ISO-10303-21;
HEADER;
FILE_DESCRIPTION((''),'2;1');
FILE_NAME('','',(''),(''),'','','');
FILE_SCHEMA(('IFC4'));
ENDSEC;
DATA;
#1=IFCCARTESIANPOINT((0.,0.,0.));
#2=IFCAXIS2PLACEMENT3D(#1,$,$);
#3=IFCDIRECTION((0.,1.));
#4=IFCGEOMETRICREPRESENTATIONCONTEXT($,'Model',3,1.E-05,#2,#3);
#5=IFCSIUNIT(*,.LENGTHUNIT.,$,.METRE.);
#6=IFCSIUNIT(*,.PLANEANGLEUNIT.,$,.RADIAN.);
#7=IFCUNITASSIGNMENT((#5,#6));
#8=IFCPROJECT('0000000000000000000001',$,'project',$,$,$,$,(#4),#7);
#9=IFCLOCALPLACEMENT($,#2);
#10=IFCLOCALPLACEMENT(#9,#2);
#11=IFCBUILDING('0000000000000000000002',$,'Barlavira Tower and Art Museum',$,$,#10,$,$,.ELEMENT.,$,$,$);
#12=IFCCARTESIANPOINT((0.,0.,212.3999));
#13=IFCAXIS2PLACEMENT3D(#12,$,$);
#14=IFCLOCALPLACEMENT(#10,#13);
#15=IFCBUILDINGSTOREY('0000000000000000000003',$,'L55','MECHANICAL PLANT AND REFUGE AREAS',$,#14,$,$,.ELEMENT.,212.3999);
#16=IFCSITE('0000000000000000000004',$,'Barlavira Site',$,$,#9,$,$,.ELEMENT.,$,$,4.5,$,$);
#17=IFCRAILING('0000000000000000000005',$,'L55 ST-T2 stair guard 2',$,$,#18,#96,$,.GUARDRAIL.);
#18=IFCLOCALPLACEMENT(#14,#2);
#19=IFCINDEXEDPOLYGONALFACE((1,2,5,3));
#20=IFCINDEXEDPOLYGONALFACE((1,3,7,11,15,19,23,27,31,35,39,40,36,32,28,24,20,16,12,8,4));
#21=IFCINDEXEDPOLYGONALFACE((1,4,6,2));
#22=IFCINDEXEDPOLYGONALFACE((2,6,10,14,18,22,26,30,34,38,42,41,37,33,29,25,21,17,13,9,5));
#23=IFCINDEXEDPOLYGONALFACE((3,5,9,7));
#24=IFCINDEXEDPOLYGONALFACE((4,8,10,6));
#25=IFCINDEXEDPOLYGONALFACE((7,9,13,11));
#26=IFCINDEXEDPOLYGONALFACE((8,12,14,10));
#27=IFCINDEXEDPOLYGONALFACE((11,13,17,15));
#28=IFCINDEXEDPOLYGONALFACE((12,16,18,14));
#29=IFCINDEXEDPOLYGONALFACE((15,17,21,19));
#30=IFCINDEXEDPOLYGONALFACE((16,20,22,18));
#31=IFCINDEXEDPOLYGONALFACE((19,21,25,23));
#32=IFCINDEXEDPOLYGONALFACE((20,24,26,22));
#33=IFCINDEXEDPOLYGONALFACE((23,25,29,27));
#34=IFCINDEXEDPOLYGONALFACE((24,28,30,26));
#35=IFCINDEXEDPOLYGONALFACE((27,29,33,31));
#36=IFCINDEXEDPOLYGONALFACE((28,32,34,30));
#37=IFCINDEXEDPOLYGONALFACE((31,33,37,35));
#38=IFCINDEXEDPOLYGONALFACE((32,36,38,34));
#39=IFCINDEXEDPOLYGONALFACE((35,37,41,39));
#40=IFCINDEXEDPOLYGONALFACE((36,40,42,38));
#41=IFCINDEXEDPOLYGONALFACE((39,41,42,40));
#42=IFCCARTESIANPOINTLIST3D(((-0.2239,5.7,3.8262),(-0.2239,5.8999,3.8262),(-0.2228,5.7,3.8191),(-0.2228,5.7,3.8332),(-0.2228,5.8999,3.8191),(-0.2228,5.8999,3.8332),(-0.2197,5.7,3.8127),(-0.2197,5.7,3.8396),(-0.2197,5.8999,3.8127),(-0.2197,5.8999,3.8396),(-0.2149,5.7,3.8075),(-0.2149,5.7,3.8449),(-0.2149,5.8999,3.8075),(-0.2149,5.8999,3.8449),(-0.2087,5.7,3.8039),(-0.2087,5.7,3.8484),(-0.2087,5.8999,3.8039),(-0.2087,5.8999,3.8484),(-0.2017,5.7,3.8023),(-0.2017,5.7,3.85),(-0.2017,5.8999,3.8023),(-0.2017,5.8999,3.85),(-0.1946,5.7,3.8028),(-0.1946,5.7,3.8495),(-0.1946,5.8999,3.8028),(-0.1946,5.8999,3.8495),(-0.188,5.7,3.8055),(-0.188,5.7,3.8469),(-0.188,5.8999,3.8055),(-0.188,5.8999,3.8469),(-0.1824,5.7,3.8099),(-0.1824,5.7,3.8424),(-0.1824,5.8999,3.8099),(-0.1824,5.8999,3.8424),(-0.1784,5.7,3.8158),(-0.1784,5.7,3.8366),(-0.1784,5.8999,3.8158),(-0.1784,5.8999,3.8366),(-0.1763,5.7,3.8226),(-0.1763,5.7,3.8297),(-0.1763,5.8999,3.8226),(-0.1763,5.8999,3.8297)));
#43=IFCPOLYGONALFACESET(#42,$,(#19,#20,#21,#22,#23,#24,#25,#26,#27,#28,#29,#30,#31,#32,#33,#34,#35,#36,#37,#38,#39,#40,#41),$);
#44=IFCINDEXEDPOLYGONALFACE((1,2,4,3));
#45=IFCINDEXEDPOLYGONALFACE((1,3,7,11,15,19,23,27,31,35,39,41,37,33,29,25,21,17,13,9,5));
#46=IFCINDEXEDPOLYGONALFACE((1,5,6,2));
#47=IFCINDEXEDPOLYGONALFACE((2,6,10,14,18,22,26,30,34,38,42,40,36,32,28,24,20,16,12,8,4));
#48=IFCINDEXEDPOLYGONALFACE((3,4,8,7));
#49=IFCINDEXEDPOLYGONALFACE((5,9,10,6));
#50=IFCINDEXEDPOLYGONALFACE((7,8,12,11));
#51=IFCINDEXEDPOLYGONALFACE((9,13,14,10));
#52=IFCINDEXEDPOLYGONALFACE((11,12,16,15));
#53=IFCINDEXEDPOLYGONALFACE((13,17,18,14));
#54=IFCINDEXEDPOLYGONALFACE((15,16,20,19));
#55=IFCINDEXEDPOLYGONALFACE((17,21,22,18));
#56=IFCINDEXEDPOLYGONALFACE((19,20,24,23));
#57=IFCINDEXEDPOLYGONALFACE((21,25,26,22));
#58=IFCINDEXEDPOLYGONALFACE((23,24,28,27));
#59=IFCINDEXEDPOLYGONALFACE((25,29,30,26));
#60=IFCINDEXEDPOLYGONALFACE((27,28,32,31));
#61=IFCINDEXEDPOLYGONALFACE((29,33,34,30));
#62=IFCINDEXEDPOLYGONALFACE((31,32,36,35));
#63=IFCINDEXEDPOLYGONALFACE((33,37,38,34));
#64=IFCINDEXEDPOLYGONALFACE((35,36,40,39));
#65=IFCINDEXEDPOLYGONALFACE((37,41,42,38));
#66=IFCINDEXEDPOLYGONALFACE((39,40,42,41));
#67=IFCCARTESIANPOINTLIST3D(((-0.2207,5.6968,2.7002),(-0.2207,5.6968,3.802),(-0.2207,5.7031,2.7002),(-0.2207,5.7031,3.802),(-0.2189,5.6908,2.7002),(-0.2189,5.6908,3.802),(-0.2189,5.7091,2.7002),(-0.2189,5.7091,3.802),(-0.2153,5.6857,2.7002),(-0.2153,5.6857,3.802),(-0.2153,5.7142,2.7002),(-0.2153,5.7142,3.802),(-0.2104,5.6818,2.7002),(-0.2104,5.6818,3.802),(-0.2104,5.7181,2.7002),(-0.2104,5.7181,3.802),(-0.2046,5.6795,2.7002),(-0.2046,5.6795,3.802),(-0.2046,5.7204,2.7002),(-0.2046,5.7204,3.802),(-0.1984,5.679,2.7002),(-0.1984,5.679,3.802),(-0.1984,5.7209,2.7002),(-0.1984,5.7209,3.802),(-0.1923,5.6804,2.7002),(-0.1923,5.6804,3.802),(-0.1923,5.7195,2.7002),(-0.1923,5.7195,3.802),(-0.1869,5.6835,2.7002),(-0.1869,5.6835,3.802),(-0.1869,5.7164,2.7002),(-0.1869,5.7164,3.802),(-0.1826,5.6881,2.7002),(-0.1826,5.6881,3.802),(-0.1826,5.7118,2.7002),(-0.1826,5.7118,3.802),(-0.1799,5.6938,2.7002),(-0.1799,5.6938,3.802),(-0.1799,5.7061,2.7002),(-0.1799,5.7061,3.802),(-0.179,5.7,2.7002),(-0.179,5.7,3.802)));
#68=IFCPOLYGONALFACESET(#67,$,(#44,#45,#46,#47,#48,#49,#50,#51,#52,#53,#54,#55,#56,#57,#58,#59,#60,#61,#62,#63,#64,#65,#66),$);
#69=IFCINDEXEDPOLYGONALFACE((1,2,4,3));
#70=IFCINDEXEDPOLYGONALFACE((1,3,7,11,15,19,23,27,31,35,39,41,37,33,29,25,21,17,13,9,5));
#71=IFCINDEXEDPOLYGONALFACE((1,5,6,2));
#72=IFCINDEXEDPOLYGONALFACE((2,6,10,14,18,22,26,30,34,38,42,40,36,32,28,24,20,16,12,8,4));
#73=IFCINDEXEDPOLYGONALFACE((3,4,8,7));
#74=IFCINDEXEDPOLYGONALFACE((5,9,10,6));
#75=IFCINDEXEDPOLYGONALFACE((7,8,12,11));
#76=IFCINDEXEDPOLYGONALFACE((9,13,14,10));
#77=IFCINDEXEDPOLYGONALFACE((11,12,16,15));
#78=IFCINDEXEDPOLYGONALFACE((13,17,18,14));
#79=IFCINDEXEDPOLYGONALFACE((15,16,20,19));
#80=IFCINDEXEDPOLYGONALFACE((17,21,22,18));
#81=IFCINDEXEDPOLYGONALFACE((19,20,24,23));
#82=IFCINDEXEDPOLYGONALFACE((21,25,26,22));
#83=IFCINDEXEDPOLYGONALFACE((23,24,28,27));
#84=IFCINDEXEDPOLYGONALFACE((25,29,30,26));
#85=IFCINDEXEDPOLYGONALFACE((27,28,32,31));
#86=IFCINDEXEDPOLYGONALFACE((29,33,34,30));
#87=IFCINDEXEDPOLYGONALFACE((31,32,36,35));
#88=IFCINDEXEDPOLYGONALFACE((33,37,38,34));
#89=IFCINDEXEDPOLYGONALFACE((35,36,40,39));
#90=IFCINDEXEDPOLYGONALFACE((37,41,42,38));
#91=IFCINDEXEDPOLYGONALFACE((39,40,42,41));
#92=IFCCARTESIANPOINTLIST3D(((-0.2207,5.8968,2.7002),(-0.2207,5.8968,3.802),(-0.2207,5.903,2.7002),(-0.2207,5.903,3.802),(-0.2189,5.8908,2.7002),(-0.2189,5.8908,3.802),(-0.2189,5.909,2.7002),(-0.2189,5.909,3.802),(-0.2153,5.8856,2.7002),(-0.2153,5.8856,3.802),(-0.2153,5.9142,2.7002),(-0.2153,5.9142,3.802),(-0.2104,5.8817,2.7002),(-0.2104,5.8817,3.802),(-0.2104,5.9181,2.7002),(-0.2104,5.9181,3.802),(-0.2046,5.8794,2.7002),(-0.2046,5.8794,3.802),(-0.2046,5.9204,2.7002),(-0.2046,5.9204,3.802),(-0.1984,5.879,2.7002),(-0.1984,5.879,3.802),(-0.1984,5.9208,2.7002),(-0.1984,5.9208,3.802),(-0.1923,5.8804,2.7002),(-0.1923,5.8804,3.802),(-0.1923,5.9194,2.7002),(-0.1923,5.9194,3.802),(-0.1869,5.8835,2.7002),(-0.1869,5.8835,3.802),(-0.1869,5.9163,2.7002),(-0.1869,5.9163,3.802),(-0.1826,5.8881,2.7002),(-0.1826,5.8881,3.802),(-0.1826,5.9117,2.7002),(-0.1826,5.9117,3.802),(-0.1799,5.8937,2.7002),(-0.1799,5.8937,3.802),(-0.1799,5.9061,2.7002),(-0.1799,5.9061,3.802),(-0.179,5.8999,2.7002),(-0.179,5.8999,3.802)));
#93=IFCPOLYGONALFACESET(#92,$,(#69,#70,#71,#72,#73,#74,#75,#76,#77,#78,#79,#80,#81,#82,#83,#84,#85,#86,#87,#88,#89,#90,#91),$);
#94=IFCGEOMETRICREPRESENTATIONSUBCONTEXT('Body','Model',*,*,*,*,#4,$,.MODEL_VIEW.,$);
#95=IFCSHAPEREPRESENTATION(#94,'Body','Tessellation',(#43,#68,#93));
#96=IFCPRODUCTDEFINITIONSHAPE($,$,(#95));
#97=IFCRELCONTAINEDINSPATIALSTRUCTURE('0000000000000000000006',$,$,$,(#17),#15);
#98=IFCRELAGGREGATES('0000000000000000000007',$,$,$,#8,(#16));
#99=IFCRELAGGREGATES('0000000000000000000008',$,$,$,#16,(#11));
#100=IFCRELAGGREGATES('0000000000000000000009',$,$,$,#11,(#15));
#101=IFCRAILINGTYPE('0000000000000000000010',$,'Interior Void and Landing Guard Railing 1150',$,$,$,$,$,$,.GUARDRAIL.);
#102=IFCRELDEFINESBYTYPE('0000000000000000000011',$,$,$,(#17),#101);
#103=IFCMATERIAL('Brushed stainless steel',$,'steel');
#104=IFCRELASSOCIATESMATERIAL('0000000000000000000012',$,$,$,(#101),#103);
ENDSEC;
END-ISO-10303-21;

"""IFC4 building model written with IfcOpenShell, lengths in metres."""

from ifc_helpers import new_model, si_unit, direction, frame, origin, origin_2d, place, context, subcontext, project, spatial, circle, extrude, material, type_object, element, save


model = new_model("IFC4")

# Units and contexts
model_context = context("Model", 3, precision=1e-05, world=origin(), true_north=direction((0.0, 1.0)))
body_context = subcontext(model_context, "Body", "Model", "MODEL_VIEW")
ifc_project = project(units=[si_unit("LENGTHUNIT", "METRE"), si_unit("PLANEANGLEUNIT", "RADIAN")], contexts=[model_context])

# Site, building, storey
site_placement = place(None, origin())
site = spatial("IfcSite", under=ifc_project, at=site_placement, Name="Barlavira Site", CompositionType="ELEMENT", RefElevation=4.5)
building_placement = place(site_placement, origin())
building = spatial("IfcBuilding", under=site, at=building_placement, Name="Barlavira Tower and Art Museum", CompositionType="ELEMENT")
storey_placement = place(building_placement, frame((0.0, 0.0, 212.3999)))
storey = spatial("IfcBuildingStorey", under=building, at=storey_placement, Name="L55", Description="MECHANICAL PLANT AND REFUGE AREAS", CompositionType="ELEMENT", Elevation=212.3999)

# Shared definitions
ifc_material_1 = material(Name="Brushed stainless steel", Category="steel")

# Railing
railing_type_1 = type_object("IfcRailingType", Name="Interior Void and Landing Guard Railing 1150", PredefinedType="GUARDRAIL", material=ifc_material_1)
railing_1_placement = place(storey_placement, frame((-0.2, 5.7, 2.7002)))
element("IfcRailing", 1, at=railing_1_placement, inside=storey, type_object=railing_type_1, Name="L55 ST-T2 stair guard 2", PredefinedType="GUARDRAIL", context=body_context, shape_type="SweptSolid", body=[
    extrude(circle(Radius=0.0239, at=origin_2d()), frame((0.0, 0.0, 1.126), z_axis=(0.0, 1.0, 0.0), x_axis=(-1.0, 0.0, 0.0)), (0.0, 0.0, 1.0), 0.2),
    extrude(circle(Radius=0.021, at=origin_2d()), origin(), (0.0, 0.0, 1.0), 1.1018),
    extrude(circle(Radius=0.021, at=origin_2d()), frame((0.0, 0.2, 0.0)), (0.0, 0.0, 1.0), 1.1018),
])

save(model, "model.ifc")
